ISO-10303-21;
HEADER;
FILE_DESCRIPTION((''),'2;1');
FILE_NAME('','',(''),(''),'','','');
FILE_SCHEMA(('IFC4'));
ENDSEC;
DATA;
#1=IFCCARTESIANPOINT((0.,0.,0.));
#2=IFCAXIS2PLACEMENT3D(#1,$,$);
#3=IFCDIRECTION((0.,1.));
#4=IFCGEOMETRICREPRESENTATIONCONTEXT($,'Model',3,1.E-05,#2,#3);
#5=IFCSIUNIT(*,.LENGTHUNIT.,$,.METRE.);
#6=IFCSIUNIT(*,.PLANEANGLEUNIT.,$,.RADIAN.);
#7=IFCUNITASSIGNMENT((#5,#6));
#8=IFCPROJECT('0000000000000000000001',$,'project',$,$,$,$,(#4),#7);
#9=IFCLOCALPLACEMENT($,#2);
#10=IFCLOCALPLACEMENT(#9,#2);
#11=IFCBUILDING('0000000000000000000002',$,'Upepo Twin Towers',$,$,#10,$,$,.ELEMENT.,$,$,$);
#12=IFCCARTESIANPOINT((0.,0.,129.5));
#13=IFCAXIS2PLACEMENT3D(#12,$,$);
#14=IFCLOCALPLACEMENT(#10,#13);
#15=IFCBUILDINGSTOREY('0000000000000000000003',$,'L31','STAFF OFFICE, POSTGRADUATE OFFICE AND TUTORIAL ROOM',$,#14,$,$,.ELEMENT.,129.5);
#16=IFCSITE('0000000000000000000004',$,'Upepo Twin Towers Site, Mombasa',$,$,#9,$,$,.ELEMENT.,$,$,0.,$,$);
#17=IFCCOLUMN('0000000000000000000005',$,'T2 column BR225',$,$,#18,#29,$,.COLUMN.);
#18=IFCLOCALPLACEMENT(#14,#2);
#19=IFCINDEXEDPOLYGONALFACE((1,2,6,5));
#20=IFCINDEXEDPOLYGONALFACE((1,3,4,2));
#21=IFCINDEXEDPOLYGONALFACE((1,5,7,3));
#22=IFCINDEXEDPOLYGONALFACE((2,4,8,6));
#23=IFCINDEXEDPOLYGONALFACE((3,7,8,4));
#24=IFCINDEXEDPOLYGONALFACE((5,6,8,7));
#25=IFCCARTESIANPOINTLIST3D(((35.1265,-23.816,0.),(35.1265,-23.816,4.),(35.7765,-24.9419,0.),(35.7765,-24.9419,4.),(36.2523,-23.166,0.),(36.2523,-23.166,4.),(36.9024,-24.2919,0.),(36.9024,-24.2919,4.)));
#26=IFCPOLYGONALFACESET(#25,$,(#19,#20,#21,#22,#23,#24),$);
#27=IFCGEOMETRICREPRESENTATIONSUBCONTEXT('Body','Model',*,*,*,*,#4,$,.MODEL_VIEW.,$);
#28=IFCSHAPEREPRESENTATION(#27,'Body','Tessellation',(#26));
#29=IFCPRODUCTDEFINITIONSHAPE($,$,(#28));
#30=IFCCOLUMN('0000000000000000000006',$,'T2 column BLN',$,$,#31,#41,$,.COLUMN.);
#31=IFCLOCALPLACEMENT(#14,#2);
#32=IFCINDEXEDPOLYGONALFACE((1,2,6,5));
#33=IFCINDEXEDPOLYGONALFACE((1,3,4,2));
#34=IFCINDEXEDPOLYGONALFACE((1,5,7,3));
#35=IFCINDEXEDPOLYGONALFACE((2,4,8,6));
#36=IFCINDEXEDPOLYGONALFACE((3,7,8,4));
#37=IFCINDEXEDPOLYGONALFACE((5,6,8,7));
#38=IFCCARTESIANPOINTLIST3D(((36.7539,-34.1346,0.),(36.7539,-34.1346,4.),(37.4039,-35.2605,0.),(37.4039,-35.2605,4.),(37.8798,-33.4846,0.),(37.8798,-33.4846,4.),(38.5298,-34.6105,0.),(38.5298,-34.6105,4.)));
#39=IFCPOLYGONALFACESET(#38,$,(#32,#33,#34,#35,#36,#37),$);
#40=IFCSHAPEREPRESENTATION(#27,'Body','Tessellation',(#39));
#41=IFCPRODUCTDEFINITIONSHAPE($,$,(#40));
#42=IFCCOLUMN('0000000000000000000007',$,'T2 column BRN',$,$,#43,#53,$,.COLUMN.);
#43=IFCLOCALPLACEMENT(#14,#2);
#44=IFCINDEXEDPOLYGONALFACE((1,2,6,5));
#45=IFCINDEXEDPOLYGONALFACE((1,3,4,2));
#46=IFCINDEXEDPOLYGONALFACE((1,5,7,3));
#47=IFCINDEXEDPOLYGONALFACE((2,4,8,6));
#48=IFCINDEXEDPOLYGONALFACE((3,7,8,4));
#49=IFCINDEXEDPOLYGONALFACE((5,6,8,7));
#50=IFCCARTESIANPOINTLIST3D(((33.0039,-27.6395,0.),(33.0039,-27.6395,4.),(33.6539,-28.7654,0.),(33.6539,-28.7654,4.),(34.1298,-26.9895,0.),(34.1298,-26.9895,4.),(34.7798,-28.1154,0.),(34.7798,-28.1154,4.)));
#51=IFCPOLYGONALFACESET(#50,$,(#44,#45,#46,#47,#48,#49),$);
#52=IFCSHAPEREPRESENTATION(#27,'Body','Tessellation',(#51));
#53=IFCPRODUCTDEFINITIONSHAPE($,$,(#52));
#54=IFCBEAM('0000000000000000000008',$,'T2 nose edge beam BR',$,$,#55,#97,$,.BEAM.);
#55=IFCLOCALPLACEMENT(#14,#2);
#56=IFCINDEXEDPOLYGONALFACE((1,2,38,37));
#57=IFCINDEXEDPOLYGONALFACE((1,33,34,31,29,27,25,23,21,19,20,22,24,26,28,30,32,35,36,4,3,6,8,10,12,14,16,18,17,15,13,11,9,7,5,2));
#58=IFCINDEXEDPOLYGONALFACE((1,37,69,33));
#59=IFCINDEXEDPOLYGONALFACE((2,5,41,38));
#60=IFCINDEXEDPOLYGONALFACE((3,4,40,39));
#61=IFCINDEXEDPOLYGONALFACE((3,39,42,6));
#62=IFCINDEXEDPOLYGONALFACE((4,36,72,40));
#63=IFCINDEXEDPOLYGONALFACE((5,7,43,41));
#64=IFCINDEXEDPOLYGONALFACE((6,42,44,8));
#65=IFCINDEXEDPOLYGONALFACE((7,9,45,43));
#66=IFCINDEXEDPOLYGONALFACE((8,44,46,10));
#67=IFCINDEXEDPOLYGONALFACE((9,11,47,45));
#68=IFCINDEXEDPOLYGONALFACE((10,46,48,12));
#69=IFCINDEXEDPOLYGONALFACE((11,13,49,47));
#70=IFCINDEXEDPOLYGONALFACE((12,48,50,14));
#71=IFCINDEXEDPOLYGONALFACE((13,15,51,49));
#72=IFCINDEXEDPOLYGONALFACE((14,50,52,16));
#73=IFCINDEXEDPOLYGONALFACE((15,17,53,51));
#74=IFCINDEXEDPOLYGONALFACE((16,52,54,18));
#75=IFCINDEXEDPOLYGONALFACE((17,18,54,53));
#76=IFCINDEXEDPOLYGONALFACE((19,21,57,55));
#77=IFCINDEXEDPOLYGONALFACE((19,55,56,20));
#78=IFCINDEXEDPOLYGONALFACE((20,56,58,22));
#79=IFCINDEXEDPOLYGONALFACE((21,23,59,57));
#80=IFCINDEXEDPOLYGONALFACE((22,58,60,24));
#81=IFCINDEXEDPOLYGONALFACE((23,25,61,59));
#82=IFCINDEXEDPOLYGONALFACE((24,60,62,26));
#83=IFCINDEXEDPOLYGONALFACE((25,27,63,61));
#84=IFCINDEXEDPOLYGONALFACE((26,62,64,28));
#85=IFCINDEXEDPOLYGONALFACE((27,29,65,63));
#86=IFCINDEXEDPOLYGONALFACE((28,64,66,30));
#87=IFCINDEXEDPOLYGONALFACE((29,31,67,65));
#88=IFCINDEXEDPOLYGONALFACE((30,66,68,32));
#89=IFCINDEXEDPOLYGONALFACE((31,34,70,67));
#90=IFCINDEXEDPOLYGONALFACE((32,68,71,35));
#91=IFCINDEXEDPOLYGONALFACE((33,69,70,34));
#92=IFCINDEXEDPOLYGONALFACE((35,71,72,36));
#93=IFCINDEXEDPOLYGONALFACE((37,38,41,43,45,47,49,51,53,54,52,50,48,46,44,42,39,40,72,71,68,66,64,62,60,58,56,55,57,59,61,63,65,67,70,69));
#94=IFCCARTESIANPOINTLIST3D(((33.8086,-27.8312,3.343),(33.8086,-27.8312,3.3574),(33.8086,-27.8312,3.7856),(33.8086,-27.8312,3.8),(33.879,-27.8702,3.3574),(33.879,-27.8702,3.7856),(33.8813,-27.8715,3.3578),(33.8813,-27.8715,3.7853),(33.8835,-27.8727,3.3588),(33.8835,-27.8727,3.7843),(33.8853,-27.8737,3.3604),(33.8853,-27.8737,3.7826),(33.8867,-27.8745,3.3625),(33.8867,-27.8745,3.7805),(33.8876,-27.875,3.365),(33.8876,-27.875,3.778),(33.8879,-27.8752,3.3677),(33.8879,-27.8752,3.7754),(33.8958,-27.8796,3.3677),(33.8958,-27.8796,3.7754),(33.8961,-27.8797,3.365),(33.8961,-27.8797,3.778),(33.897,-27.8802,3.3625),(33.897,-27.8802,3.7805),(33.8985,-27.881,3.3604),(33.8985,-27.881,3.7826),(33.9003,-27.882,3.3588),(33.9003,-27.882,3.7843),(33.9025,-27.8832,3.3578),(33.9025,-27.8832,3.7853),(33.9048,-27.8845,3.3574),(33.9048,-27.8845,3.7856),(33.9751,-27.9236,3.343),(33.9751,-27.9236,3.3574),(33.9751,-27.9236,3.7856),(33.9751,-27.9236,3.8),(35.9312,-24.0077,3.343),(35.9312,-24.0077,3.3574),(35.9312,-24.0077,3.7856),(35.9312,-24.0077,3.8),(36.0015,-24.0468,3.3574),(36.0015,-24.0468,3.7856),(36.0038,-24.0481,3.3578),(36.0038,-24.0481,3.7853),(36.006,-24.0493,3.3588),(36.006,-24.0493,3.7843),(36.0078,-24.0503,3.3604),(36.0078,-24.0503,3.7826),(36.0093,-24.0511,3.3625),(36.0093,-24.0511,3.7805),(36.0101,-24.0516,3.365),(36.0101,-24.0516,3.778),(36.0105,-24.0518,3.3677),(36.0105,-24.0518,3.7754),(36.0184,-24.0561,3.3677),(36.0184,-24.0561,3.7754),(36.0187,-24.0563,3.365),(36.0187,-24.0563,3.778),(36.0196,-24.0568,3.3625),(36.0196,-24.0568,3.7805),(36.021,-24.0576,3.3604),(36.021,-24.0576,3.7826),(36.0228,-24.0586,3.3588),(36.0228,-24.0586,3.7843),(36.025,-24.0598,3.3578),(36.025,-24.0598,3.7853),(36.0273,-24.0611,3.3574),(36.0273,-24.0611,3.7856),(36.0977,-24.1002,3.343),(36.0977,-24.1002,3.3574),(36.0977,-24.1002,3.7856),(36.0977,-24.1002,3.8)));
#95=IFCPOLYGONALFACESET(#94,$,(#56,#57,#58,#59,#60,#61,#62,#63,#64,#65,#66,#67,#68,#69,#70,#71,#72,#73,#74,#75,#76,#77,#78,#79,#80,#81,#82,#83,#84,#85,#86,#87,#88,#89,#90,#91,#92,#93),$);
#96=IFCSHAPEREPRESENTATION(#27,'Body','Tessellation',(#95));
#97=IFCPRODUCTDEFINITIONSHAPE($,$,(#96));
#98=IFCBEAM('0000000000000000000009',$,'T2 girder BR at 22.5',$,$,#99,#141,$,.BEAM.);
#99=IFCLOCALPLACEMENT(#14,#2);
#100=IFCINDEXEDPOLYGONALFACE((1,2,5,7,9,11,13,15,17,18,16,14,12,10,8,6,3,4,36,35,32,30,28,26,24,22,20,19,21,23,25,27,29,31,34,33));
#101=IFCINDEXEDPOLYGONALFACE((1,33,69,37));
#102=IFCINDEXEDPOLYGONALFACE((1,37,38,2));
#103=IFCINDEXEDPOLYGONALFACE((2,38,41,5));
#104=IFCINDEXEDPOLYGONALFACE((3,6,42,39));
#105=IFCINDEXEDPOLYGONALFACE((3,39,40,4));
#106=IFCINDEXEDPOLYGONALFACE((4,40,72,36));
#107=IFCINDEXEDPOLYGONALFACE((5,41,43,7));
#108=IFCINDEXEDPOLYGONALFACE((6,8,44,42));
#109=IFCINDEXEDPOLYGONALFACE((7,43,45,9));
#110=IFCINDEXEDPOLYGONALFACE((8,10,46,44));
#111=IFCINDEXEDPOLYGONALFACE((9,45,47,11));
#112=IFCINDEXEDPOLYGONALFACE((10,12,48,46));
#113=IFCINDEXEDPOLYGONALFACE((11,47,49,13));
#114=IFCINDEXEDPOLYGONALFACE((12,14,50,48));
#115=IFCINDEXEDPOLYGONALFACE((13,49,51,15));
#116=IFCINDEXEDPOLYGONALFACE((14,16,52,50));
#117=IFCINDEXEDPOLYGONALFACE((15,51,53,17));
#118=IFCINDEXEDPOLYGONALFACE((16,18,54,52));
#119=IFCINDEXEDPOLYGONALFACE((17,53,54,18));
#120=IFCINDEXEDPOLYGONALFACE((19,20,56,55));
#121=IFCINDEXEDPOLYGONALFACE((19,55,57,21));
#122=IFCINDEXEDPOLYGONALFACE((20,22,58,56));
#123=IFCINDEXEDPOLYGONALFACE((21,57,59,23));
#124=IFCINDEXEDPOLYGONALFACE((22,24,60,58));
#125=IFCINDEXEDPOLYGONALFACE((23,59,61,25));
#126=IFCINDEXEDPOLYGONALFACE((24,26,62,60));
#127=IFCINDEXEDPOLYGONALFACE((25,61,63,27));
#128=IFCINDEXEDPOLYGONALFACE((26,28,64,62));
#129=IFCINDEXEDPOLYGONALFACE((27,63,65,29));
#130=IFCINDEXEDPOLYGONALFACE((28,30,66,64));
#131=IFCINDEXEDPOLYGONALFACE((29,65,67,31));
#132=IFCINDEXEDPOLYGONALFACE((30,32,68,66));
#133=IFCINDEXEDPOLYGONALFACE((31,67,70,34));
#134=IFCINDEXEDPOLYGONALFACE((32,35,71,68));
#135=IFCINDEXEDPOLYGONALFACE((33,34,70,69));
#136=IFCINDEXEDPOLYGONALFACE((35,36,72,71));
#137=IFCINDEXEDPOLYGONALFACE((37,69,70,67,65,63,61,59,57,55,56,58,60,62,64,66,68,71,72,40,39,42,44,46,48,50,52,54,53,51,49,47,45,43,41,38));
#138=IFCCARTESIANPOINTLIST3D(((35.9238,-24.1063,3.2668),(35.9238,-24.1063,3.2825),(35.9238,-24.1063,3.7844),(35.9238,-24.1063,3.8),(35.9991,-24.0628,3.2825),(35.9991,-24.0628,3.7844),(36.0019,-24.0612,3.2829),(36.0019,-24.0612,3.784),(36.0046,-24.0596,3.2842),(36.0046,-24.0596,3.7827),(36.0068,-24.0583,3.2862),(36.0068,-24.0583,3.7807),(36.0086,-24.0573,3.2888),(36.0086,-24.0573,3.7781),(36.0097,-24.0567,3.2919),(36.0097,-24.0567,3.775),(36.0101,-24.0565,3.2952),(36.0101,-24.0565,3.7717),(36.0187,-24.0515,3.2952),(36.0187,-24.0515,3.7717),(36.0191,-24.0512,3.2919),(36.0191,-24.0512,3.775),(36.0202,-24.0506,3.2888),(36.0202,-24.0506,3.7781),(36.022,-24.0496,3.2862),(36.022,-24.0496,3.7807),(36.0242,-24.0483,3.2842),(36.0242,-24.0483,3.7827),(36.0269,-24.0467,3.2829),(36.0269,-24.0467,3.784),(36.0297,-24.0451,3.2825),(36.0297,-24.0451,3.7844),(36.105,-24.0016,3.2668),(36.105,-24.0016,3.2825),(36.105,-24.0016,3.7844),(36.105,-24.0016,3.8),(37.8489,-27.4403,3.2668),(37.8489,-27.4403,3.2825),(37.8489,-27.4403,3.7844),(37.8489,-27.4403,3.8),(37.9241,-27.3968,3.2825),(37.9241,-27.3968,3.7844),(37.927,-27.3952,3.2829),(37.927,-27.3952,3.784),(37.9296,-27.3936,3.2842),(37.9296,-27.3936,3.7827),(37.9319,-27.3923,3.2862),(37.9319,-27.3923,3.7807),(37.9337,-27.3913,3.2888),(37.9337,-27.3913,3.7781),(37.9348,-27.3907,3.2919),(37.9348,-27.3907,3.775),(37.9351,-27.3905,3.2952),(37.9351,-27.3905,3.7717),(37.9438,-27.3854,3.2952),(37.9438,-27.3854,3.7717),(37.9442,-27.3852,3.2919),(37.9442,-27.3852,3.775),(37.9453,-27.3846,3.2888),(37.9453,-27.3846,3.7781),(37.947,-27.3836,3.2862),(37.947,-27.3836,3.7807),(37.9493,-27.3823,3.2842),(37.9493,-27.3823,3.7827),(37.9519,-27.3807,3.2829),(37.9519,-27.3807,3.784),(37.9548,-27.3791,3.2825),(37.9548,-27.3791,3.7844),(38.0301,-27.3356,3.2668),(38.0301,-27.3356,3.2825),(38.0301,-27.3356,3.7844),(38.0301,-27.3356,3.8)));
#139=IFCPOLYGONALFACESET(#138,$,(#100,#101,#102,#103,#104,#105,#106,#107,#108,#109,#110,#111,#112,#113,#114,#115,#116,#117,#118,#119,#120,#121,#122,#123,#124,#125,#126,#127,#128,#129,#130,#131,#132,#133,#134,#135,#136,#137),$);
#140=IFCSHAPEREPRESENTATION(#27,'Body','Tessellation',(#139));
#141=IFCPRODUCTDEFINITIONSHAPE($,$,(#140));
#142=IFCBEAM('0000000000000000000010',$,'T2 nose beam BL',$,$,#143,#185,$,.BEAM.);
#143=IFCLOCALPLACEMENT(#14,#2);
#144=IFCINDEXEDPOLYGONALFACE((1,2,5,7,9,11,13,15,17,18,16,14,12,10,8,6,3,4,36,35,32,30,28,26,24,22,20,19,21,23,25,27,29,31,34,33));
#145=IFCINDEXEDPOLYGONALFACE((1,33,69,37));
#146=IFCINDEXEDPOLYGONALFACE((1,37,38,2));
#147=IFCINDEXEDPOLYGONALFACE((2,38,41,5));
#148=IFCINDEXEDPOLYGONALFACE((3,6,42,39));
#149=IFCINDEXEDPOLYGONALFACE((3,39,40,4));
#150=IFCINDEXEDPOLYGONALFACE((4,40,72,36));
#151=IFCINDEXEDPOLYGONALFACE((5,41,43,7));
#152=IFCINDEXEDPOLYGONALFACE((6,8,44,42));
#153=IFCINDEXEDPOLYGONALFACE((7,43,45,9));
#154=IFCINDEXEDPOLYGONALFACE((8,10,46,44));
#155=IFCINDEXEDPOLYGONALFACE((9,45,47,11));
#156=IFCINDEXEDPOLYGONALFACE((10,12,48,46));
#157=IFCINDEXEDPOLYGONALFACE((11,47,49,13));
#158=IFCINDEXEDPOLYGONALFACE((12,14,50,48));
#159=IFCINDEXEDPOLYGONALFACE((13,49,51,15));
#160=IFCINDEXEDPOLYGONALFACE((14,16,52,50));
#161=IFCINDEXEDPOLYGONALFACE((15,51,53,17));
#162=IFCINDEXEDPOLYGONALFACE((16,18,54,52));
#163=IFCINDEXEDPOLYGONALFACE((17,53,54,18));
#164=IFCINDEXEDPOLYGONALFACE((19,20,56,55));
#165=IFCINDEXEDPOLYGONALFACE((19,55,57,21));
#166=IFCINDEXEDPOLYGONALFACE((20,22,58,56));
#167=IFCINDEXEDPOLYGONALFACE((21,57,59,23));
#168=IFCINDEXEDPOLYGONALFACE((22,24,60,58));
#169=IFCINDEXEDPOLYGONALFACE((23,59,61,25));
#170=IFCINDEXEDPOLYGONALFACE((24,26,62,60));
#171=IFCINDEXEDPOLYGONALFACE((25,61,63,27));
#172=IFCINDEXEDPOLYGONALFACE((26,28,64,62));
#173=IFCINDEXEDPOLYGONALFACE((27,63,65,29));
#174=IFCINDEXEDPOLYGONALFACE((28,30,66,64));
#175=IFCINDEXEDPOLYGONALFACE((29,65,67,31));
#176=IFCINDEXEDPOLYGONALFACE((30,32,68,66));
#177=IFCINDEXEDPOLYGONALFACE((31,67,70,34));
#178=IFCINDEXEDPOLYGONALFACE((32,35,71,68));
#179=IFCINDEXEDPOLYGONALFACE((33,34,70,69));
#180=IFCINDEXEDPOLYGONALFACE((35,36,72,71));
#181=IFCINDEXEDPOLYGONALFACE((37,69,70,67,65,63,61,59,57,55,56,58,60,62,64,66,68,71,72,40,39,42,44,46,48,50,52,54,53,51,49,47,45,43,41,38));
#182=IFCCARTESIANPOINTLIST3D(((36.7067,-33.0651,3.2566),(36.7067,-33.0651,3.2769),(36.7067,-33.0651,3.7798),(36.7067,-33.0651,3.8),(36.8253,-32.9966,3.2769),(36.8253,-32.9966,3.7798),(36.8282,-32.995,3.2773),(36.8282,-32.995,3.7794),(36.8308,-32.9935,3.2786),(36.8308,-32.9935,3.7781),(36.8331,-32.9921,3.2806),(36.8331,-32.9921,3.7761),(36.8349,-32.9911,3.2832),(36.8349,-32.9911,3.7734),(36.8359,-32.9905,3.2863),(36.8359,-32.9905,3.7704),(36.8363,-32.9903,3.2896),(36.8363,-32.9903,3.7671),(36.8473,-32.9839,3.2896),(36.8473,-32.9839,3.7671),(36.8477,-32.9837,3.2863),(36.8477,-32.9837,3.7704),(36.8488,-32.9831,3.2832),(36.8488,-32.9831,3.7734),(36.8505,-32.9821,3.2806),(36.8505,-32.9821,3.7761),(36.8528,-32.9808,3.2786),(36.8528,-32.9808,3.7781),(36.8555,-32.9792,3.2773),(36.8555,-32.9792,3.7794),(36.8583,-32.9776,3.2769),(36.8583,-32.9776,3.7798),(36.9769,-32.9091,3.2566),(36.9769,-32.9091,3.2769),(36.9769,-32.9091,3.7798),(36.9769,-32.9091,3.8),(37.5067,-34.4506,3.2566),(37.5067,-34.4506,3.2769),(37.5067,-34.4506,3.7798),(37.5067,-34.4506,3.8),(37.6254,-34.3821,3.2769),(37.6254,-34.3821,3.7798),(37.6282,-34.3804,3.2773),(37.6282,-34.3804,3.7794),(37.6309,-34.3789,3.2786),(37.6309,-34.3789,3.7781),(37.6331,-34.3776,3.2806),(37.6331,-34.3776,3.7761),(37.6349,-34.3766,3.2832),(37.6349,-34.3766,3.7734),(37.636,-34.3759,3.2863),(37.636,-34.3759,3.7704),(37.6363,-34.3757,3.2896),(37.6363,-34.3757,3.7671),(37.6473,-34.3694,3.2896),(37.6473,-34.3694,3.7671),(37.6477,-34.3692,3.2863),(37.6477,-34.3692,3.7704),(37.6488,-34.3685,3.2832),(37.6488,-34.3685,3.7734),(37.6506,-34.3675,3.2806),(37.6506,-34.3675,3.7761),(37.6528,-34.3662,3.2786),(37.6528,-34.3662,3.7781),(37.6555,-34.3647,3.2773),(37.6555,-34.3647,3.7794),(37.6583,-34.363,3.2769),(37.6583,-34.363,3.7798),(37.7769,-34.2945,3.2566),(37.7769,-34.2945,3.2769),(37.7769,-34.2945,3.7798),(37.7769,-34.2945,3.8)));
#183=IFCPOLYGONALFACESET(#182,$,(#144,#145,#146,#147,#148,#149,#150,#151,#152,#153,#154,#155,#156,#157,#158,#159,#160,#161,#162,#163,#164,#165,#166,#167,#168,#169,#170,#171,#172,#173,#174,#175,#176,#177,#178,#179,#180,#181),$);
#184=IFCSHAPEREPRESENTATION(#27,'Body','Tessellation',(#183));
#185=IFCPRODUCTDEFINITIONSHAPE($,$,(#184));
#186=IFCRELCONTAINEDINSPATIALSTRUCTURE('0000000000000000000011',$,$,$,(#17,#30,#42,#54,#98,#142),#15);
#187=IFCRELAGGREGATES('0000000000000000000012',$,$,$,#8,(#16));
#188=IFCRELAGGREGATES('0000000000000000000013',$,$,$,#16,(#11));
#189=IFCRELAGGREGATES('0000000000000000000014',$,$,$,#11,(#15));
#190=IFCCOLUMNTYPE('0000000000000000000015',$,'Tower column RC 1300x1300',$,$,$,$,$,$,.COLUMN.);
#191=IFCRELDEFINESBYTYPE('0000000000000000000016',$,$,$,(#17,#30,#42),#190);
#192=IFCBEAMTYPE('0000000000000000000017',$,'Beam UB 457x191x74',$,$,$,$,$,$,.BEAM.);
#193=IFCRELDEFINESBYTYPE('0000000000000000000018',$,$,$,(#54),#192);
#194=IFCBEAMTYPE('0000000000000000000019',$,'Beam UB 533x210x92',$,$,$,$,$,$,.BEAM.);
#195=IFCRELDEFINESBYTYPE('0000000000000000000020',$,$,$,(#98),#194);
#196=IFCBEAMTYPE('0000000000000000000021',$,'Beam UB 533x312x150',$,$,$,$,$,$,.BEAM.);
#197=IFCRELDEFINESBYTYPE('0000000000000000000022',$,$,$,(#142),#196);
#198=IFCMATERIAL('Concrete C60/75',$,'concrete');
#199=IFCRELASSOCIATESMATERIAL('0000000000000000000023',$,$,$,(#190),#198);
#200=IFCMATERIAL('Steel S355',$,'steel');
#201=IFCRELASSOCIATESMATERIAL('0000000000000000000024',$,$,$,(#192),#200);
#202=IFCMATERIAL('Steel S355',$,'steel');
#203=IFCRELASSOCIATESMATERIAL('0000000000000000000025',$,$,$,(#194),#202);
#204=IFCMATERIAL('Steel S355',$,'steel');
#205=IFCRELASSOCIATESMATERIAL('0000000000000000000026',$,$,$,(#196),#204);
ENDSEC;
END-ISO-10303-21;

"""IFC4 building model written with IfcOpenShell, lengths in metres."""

from ifc_helpers import new_model, si_unit, direction, frame, origin, origin_2d, place, context, subcontext, project, spatial, rectangle, i_section, extrude, material, material_profile, profile_set, type_object, element, save


model = new_model("IFC4")

# Units and contexts
model_context = context("Model", 3, precision=1e-05, world=origin(), true_north=direction((0.0, 1.0)))
body_context = subcontext(model_context, "Body", "Model", "MODEL_VIEW")
ifc_project = project(units=[si_unit("LENGTHUNIT", "METRE"), si_unit("PLANEANGLEUNIT", "RADIAN")], contexts=[model_context])

# Site, building, storey
site_placement = place(None, origin())
site = spatial("IfcSite", under=ifc_project, at=site_placement, Name="Upepo Twin Towers Site, Mombasa", CompositionType="ELEMENT", RefElevation=0.0)
building_placement = place(site_placement, origin())
building = spatial("IfcBuilding", under=site, at=building_placement, Name="Upepo Twin Towers", CompositionType="ELEMENT")
storey_placement = place(building_placement, frame((0.0, 0.0, 129.5)))
storey = spatial("IfcBuildingStorey", under=building, at=storey_placement, Name="L31", Description="STAFF OFFICE, POSTGRADUATE OFFICE AND TUTORIAL ROOM", CompositionType="ELEMENT", Elevation=129.5)

# Columns
ifc_material_1 = material(Name="Concrete C60/75", Category="concrete")
ifc_material_profile_1 = material_profile(ifc_material_1, rectangle(XDim=1.3, YDim=1.3, at=origin_2d()), Name="RC 1300x1300")
ifc_profile_set_1 = profile_set([ifc_material_profile_1], Name="Concrete C60/75")
column_type = type_object("IfcColumnType", Name="Tower column RC 1300x1300", PredefinedType="COLUMN", material=ifc_profile_set_1)
for number, where, z_axis, x_axis, name in (
    (1, (36.0144, -24.054, 0.0), (0.0, 0.0, 1.0), (0.866025, 0.5, 0.0), "T2 column BR225"),
    (2, (37.6418, -34.3726, 0.0), (0.0, 0.0, 1.0), (0.866025, 0.5, 0.0), "T2 column BLN"),
    (3, (33.8918, -27.8774, 0.0), (0.0, 0.0, 1.0), (0.866025, 0.5, 0.0), "T2 column BRN"),
):
    element("IfcColumn", number, at=place(storey_placement, frame(where, z_axis=z_axis, x_axis=x_axis)), inside=storey, type_object=column_type, Name=name, PredefinedType="COLUMN", context=body_context, shape_type="SweptSolid", body=[
        extrude(rectangle(XDim=1.3, YDim=1.3, at=origin_2d()), origin(), (0.0, 0.0, 1.0), 4.0),
    ])

# Beams
ifc_material_2 = material(Name="Steel S355", Category="steel")
ifc_material_profile_2 = material_profile(ifc_material_2, i_section(OverallWidth=0.1904, OverallDepth=0.457, WebThickness=0.009, FlangeThickness=0.0144, FilletRadius=0.0103, at=origin_2d()), Name="UB 457x191x74")
ifc_profile_set_2 = profile_set([ifc_material_profile_2], Name="Steel S355")
beam_type_1 = type_object("IfcBeamType", Name="Beam UB 457x191x74", PredefinedType="BEAM", material=ifc_profile_set_2)
beam_1_placement = place(storey_placement, frame((36.0144, -24.054, 3.5715), z_axis=(-0.485363, -0.874313, 0.0), x_axis=(0.874313, -0.485363, 0.0)))
element("IfcBeam", 4, at=beam_1_placement, inside=storey, type_object=beam_type_1, Name="T2 nose edge beam BR", PredefinedType="BEAM", context=body_context, shape_type="SweptSolid", body=[
    extrude(i_section(OverallWidth=0.1904, OverallDepth=0.457, WebThickness=0.009, FlangeThickness=0.0144, FilletRadius=0.0103, at=origin_2d()), origin(), (0.0, 0.0, 1.0), 4.373),
])
ifc_material_3 = material(Name="Steel S355", Category="steel")
ifc_material_profile_3 = material_profile(ifc_material_3, i_section(OverallWidth=0.2092, OverallDepth=0.5332, WebThickness=0.01, FlangeThickness=0.0156, FilletRadius=0.0127, at=origin_2d()), Name="UB 533x210x92")
ifc_profile_set_3 = profile_set([ifc_material_profile_3], Name="Steel S355")
beam_type_2 = type_object("IfcBeamType", Name="Beam UB 533x210x92", PredefinedType="BEAM", material=ifc_profile_set_3)
beam_2_placement = place(storey_placement, frame((36.0144, -24.054, 3.5334), z_axis=(0.500034, -0.866006, 0.0), x_axis=(0.866006, 0.500034, 0.0)))
element("IfcBeam", 5, at=beam_2_placement, inside=storey, type_object=beam_type_2, Name="T2 girder BR at 22.5", PredefinedType="BEAM", context=body_context, shape_type="SweptSolid", body=[
    extrude(i_section(OverallWidth=0.2092, OverallDepth=0.5332, WebThickness=0.01, FlangeThickness=0.0156, FilletRadius=0.0127, at=origin_2d()), origin(), (0.0, 0.0, 1.0), 3.8499),
])
ifc_material_4 = material(Name="Steel S355", Category="steel")
ifc_material_profile_4 = material_profile(ifc_material_4, i_section(OverallWidth=0.312, OverallDepth=0.5435, WebThickness=0.0127, FlangeThickness=0.0203, FilletRadius=0.0127, at=origin_2d()), Name="UB 533x312x150")
ifc_profile_set_4 = profile_set([ifc_material_profile_4], Name="Steel S355")
beam_type_3 = type_object("IfcBeamType", Name="Beam UB 533x312x150", PredefinedType="BEAM", material=ifc_profile_set_4)
for number, where, z_axis, x_axis, name in (
    (6, (37.6418, -34.3726, 3.5283), (-0.500061, 0.86599, 0.0), (-0.86599, -0.500061, 0.0), "T2 nose beam BL"),
):
    element("IfcBeam", number, at=place(storey_placement, frame(where, z_axis=z_axis, x_axis=x_axis)), inside=storey, type_object=beam_type_3, Name=name, PredefinedType="BEAM", context=body_context, shape_type="SweptSolid", body=[
        extrude(i_section(OverallWidth=0.312, OverallDepth=0.5435, WebThickness=0.0127, FlangeThickness=0.0203, FilletRadius=0.0127, at=origin_2d()), origin(), (0.0, 0.0, 1.0), 1.5999),
    ])

save(model, "model.ifc")
